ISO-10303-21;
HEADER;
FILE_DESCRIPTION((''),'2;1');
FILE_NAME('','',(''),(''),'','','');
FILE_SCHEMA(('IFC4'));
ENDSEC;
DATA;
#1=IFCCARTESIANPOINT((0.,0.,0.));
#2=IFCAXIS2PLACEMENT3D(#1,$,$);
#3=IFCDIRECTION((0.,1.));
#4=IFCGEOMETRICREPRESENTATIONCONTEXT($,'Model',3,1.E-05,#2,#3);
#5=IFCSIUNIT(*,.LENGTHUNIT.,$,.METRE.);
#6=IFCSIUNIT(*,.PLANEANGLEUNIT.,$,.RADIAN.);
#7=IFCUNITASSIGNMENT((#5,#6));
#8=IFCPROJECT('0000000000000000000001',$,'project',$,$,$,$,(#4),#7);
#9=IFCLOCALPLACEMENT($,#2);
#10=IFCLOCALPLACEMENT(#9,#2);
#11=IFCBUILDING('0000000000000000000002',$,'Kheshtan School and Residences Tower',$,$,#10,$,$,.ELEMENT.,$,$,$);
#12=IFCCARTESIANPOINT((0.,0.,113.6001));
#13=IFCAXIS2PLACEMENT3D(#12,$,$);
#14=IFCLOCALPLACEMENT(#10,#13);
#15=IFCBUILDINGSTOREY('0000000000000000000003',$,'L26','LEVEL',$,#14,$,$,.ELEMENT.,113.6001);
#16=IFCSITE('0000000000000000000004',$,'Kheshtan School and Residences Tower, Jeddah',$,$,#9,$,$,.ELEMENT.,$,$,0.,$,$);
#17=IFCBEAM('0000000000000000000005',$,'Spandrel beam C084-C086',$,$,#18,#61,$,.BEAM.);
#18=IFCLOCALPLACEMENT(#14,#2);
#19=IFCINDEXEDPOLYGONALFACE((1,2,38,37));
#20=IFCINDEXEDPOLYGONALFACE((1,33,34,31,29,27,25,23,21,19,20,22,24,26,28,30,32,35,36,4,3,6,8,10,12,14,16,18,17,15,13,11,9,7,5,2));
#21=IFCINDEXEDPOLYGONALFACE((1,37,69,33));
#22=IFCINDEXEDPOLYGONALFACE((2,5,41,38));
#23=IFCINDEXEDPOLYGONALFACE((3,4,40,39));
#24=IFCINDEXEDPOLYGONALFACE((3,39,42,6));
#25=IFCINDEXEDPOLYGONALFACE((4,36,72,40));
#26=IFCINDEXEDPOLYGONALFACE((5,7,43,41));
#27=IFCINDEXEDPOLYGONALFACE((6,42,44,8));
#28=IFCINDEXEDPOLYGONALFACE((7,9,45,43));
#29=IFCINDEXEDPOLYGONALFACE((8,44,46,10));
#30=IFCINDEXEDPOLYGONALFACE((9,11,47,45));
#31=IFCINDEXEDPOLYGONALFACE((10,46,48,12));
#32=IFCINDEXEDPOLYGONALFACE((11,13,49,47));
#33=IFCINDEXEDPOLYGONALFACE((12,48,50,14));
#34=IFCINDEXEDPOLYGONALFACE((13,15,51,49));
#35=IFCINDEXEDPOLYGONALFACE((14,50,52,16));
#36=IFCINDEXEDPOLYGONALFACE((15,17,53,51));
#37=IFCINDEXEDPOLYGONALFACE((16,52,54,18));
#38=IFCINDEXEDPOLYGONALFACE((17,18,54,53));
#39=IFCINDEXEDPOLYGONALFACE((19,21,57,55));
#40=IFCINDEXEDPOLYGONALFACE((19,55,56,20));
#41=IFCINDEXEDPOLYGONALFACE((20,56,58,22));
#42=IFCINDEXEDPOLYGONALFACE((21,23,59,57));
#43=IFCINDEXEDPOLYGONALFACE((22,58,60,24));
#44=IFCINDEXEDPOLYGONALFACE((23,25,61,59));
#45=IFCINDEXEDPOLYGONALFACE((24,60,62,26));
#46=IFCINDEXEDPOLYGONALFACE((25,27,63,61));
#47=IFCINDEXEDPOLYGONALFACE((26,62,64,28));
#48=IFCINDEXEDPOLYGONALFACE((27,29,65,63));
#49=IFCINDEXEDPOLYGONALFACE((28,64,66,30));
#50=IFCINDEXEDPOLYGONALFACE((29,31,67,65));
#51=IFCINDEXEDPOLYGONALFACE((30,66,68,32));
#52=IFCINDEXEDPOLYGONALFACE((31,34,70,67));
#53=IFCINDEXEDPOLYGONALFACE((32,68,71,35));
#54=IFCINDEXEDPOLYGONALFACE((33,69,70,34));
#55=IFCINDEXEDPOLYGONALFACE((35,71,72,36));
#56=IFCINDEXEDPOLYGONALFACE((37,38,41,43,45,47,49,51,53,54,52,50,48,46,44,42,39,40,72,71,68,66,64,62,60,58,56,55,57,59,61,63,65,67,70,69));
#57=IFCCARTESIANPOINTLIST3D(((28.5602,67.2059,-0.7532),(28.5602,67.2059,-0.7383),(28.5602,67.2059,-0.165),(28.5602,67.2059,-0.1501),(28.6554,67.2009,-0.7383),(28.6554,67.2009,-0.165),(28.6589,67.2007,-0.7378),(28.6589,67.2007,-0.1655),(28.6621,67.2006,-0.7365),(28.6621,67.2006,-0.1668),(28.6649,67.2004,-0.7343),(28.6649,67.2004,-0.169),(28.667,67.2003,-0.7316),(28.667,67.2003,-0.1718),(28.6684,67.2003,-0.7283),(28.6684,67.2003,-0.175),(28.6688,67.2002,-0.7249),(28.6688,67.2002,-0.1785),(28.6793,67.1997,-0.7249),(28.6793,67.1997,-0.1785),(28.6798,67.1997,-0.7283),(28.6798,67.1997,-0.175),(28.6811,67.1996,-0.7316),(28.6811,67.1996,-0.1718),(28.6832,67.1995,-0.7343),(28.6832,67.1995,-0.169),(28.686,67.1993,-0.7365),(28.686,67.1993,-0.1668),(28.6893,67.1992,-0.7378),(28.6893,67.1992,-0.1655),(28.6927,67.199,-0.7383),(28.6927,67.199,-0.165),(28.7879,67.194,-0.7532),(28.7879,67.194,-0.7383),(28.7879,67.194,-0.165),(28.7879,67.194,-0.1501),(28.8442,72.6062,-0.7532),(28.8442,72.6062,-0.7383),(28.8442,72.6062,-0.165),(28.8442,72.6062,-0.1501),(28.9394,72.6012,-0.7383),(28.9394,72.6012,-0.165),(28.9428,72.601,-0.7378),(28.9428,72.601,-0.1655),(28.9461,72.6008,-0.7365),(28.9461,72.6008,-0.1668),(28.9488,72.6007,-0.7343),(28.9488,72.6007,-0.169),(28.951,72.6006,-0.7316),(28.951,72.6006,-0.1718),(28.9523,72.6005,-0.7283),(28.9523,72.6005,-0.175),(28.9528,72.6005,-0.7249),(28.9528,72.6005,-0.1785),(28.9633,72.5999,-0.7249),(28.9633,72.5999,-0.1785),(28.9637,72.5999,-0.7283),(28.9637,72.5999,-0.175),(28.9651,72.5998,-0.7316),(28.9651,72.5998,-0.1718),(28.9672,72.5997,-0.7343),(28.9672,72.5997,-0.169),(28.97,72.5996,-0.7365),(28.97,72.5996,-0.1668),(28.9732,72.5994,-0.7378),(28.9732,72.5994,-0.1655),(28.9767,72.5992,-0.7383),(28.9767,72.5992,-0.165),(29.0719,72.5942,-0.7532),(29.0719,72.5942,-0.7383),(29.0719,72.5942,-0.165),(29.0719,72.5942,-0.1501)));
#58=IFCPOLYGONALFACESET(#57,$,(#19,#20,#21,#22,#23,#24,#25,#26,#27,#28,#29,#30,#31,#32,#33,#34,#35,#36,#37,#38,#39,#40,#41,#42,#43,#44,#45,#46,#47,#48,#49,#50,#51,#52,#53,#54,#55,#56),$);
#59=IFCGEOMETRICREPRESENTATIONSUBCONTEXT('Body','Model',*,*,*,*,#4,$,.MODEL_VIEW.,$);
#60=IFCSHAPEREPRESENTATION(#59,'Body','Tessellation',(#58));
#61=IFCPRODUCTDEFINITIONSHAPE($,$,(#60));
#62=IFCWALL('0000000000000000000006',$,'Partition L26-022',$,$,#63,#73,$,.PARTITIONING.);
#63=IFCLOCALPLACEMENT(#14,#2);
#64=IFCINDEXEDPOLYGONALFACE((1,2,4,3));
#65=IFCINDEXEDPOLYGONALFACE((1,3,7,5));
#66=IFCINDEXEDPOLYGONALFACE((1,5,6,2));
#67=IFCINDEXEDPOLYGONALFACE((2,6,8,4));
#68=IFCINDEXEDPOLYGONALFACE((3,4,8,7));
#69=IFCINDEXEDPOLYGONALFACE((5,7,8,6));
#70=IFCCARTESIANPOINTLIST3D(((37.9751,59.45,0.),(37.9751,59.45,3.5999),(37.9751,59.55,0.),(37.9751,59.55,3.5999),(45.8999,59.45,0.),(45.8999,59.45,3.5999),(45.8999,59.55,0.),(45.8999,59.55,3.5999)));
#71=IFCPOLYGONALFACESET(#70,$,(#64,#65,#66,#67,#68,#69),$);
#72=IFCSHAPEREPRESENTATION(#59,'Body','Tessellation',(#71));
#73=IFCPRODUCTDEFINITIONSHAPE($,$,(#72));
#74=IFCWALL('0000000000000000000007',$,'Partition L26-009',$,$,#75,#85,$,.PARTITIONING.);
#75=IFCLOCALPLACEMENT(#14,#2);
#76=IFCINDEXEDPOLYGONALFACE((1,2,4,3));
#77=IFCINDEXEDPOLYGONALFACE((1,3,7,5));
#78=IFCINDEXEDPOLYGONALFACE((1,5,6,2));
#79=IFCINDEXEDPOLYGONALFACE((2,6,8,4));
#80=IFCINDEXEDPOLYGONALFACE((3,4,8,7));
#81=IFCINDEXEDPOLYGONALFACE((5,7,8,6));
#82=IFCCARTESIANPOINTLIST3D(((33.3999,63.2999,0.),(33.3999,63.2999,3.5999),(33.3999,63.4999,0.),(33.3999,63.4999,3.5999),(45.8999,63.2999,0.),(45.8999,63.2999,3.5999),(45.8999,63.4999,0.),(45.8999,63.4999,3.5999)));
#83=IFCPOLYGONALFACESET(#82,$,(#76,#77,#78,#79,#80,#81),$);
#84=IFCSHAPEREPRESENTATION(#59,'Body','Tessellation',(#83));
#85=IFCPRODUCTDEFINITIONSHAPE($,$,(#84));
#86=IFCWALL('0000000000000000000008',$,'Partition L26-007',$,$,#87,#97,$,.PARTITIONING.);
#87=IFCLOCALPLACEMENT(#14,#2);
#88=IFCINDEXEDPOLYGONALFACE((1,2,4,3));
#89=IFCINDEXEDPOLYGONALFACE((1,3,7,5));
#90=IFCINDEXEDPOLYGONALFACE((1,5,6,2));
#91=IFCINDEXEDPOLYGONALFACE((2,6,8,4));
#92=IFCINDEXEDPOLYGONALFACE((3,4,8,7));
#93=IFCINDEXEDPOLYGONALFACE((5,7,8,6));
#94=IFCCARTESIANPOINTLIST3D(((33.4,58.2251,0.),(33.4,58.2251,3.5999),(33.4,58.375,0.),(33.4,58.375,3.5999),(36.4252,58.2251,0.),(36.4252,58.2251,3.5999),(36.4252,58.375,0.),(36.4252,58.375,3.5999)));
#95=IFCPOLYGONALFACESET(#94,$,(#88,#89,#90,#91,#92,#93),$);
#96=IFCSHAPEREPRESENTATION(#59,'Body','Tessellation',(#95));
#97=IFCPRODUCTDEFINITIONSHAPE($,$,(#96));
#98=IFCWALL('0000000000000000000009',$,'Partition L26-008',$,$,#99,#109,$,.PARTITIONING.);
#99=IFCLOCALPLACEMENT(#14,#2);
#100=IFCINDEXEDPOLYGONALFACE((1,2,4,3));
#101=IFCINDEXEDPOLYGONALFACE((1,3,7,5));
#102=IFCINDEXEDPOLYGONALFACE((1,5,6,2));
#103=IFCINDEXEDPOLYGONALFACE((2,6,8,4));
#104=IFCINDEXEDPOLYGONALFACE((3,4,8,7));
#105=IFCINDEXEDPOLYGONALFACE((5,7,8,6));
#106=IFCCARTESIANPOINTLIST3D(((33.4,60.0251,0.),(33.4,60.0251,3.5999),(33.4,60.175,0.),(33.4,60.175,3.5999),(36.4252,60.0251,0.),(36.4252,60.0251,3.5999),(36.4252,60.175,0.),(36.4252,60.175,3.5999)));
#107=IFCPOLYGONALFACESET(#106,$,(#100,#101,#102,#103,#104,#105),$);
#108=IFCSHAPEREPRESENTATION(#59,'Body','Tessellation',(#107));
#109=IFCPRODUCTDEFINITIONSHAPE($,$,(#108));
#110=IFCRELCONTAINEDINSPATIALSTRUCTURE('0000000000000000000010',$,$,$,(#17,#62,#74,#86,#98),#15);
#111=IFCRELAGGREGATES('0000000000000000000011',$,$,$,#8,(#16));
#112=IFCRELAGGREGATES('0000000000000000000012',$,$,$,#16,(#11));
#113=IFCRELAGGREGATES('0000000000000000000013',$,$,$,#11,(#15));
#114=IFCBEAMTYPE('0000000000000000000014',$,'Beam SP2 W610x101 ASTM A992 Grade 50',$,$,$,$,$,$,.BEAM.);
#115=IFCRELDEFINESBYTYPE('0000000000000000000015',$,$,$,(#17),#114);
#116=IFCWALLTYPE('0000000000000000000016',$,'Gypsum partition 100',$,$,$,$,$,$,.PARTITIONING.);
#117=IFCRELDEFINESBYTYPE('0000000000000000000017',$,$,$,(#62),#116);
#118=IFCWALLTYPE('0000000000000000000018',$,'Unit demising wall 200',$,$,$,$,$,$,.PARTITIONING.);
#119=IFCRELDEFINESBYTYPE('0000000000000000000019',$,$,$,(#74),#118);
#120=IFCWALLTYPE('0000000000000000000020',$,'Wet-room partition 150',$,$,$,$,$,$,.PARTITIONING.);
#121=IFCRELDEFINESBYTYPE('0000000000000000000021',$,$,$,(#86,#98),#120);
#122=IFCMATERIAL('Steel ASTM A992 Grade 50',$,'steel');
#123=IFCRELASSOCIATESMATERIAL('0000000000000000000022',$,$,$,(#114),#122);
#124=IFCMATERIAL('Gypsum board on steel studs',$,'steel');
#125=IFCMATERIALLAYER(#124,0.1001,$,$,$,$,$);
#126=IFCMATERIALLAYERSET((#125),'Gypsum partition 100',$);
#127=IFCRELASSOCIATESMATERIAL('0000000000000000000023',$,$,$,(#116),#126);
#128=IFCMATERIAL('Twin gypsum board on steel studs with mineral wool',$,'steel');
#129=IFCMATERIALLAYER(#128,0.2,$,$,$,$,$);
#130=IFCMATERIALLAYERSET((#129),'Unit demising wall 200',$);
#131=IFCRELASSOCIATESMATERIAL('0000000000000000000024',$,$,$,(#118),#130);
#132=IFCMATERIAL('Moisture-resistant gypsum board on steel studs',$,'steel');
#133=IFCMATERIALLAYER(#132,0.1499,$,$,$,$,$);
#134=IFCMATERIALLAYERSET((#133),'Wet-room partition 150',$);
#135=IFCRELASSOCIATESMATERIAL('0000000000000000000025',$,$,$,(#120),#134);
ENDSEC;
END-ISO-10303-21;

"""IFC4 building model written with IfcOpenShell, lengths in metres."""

from ifc_helpers import new_model, si_unit, direction, frame, frame_2d, origin, origin_2d, place, context, subcontext, project, spatial, rectangle, i_section, extrude, material, layer, layer_set, material_profile, profile_set, type_object, element, save


model = new_model("IFC4")

# Units and contexts
model_context = context("Model", 3, precision=1e-05, world=origin(), true_north=direction((0.0, 1.0)))
body_context = subcontext(model_context, "Body", "Model", "MODEL_VIEW")
ifc_project = project(units=[si_unit("LENGTHUNIT", "METRE"), si_unit("PLANEANGLEUNIT", "RADIAN")], contexts=[model_context])

# Site, building, storey
site_placement = place(None, origin())
site = spatial("IfcSite", under=ifc_project, at=site_placement, Name="Kheshtan School and Residences Tower, Jeddah", CompositionType="ELEMENT", RefElevation=0.0)
building_placement = place(site_placement, origin())
building = spatial("IfcBuilding", under=site, at=building_placement, Name="Kheshtan School and Residences Tower", CompositionType="ELEMENT")
storey_placement = place(building_placement, frame((0.0, 0.0, 113.6001)))
storey = spatial("IfcBuildingStorey", under=building, at=storey_placement, Name="L26", Description="LEVEL", CompositionType="ELEMENT", Elevation=113.6001)

# Shared definitions
ifc_material_1 = material(Name="Steel ASTM A992 Grade 50", Category="steel")

# Beam
ifc_material_profile_1 = material_profile(ifc_material_1, i_section(OverallWidth=0.228, OverallDepth=0.603, WebThickness=0.0105, FlangeThickness=0.0149, FilletRadius=0.0134, at=origin_2d()), Name="W610x101")
ifc_profile_set_1 = profile_set([ifc_material_profile_1], Name="Steel ASTM A992 Grade 50")
beam_type_1 = type_object("IfcBeamType", Name="Beam SP2 W610x101 ASTM A992 Grade 50", PredefinedType="BEAM", material=ifc_profile_set_1)
beam_1_placement = place(storey_placement, frame((28.6741, 67.2, -0.4517), z_axis=(0.052507, 0.998621, 0.0), x_axis=(-0.998621, 0.052507, 0.0)))
element("IfcBeam", 1, at=beam_1_placement, inside=storey, type_object=beam_type_1, Name="Spandrel beam C084-C086", PredefinedType="BEAM", context=body_context, shape_type="SweptSolid", body=[
    extrude(i_section(OverallWidth=0.228, OverallDepth=0.603, WebThickness=0.0105, FlangeThickness=0.0149, FilletRadius=0.0134, at=origin_2d()), origin(), (0.0, 0.0, 1.0), 5.4077),
])

# Walls
ifc_material_2 = material(Name="Gypsum board on steel studs", Category="steel")
ifc_layer_1 = layer(ifc_material_2, 0.1001)
ifc_layer_set_1 = layer_set([ifc_layer_1], Name="Gypsum partition 100")
wall_type_1 = type_object("IfcWallType", Name="Gypsum partition 100", PredefinedType="PARTITIONING", material=ifc_layer_set_1)
wall_1_placement = place(storey_placement, frame((37.9751, 59.5, 0.0), z_axis=(0.0, 0.0, 1.0), x_axis=(1.0, 0.0, 0.0)))
element("IfcWall", 2, at=wall_1_placement, inside=storey, type_object=wall_type_1, Name="Partition L26-022", PredefinedType="PARTITIONING", context=body_context, shape_type="SweptSolid", body=[
    extrude(rectangle(XDim=7.9248, YDim=0.1001, at=frame_2d((3.9624, 0.0))), origin(), (0.0, 0.0, 1.0), 3.5999),
])
ifc_material_3 = material(Name="Twin gypsum board on steel studs with mineral wool", Category="steel")
ifc_layer_2 = layer(ifc_material_3, 0.2)
ifc_layer_set_2 = layer_set([ifc_layer_2], Name="Unit demising wall 200")
wall_type_2 = type_object("IfcWallType", Name="Unit demising wall 200", PredefinedType="PARTITIONING", material=ifc_layer_set_2)
wall_2_placement = place(storey_placement, frame((33.3999, 63.3999, 0.0), z_axis=(0.0, 0.0, 1.0), x_axis=(1.0, 0.0, 0.0)))
element("IfcWall", 3, at=wall_2_placement, inside=storey, type_object=wall_type_2, Name="Partition L26-009", PredefinedType="PARTITIONING", context=body_context, shape_type="SweptSolid", body=[
    extrude(rectangle(XDim=12.5, YDim=0.2, at=frame_2d((6.25, 0.0))), origin(), (0.0, 0.0, 1.0), 3.5999),
])
ifc_material_4 = material(Name="Moisture-resistant gypsum board on steel studs", Category="steel")
ifc_layer_3 = layer(ifc_material_4, 0.1499)
ifc_layer_set_3 = layer_set([ifc_layer_3], Name="Wet-room partition 150")
wall_type_3 = type_object("IfcWallType", Name="Wet-room partition 150", PredefinedType="PARTITIONING", material=ifc_layer_set_3)
for number, where, z_axis, x_axis, name in (
    (4, (33.3999, 58.3, 0.0), (0.0, 0.0, 1.0), (1.0, 0.0, 0.0), "Partition L26-007"),
    (5, (33.3999, 60.1001, 0.0), (0.0, 0.0, 1.0), (1.0, 0.0, 0.0), "Partition L26-008"),
):
    element("IfcWall", number, at=place(storey_placement, frame(where, z_axis=z_axis, x_axis=x_axis)), inside=storey, type_object=wall_type_3, Name=name, PredefinedType="PARTITIONING", context=body_context, shape_type="SweptSolid", body=[
        extrude(rectangle(XDim=3.0251, YDim=0.1499, at=frame_2d((1.5127, 0.0))), origin(), (0.0, 0.0, 1.0), 3.5999),
    ])

save(model, "model.ifc")
